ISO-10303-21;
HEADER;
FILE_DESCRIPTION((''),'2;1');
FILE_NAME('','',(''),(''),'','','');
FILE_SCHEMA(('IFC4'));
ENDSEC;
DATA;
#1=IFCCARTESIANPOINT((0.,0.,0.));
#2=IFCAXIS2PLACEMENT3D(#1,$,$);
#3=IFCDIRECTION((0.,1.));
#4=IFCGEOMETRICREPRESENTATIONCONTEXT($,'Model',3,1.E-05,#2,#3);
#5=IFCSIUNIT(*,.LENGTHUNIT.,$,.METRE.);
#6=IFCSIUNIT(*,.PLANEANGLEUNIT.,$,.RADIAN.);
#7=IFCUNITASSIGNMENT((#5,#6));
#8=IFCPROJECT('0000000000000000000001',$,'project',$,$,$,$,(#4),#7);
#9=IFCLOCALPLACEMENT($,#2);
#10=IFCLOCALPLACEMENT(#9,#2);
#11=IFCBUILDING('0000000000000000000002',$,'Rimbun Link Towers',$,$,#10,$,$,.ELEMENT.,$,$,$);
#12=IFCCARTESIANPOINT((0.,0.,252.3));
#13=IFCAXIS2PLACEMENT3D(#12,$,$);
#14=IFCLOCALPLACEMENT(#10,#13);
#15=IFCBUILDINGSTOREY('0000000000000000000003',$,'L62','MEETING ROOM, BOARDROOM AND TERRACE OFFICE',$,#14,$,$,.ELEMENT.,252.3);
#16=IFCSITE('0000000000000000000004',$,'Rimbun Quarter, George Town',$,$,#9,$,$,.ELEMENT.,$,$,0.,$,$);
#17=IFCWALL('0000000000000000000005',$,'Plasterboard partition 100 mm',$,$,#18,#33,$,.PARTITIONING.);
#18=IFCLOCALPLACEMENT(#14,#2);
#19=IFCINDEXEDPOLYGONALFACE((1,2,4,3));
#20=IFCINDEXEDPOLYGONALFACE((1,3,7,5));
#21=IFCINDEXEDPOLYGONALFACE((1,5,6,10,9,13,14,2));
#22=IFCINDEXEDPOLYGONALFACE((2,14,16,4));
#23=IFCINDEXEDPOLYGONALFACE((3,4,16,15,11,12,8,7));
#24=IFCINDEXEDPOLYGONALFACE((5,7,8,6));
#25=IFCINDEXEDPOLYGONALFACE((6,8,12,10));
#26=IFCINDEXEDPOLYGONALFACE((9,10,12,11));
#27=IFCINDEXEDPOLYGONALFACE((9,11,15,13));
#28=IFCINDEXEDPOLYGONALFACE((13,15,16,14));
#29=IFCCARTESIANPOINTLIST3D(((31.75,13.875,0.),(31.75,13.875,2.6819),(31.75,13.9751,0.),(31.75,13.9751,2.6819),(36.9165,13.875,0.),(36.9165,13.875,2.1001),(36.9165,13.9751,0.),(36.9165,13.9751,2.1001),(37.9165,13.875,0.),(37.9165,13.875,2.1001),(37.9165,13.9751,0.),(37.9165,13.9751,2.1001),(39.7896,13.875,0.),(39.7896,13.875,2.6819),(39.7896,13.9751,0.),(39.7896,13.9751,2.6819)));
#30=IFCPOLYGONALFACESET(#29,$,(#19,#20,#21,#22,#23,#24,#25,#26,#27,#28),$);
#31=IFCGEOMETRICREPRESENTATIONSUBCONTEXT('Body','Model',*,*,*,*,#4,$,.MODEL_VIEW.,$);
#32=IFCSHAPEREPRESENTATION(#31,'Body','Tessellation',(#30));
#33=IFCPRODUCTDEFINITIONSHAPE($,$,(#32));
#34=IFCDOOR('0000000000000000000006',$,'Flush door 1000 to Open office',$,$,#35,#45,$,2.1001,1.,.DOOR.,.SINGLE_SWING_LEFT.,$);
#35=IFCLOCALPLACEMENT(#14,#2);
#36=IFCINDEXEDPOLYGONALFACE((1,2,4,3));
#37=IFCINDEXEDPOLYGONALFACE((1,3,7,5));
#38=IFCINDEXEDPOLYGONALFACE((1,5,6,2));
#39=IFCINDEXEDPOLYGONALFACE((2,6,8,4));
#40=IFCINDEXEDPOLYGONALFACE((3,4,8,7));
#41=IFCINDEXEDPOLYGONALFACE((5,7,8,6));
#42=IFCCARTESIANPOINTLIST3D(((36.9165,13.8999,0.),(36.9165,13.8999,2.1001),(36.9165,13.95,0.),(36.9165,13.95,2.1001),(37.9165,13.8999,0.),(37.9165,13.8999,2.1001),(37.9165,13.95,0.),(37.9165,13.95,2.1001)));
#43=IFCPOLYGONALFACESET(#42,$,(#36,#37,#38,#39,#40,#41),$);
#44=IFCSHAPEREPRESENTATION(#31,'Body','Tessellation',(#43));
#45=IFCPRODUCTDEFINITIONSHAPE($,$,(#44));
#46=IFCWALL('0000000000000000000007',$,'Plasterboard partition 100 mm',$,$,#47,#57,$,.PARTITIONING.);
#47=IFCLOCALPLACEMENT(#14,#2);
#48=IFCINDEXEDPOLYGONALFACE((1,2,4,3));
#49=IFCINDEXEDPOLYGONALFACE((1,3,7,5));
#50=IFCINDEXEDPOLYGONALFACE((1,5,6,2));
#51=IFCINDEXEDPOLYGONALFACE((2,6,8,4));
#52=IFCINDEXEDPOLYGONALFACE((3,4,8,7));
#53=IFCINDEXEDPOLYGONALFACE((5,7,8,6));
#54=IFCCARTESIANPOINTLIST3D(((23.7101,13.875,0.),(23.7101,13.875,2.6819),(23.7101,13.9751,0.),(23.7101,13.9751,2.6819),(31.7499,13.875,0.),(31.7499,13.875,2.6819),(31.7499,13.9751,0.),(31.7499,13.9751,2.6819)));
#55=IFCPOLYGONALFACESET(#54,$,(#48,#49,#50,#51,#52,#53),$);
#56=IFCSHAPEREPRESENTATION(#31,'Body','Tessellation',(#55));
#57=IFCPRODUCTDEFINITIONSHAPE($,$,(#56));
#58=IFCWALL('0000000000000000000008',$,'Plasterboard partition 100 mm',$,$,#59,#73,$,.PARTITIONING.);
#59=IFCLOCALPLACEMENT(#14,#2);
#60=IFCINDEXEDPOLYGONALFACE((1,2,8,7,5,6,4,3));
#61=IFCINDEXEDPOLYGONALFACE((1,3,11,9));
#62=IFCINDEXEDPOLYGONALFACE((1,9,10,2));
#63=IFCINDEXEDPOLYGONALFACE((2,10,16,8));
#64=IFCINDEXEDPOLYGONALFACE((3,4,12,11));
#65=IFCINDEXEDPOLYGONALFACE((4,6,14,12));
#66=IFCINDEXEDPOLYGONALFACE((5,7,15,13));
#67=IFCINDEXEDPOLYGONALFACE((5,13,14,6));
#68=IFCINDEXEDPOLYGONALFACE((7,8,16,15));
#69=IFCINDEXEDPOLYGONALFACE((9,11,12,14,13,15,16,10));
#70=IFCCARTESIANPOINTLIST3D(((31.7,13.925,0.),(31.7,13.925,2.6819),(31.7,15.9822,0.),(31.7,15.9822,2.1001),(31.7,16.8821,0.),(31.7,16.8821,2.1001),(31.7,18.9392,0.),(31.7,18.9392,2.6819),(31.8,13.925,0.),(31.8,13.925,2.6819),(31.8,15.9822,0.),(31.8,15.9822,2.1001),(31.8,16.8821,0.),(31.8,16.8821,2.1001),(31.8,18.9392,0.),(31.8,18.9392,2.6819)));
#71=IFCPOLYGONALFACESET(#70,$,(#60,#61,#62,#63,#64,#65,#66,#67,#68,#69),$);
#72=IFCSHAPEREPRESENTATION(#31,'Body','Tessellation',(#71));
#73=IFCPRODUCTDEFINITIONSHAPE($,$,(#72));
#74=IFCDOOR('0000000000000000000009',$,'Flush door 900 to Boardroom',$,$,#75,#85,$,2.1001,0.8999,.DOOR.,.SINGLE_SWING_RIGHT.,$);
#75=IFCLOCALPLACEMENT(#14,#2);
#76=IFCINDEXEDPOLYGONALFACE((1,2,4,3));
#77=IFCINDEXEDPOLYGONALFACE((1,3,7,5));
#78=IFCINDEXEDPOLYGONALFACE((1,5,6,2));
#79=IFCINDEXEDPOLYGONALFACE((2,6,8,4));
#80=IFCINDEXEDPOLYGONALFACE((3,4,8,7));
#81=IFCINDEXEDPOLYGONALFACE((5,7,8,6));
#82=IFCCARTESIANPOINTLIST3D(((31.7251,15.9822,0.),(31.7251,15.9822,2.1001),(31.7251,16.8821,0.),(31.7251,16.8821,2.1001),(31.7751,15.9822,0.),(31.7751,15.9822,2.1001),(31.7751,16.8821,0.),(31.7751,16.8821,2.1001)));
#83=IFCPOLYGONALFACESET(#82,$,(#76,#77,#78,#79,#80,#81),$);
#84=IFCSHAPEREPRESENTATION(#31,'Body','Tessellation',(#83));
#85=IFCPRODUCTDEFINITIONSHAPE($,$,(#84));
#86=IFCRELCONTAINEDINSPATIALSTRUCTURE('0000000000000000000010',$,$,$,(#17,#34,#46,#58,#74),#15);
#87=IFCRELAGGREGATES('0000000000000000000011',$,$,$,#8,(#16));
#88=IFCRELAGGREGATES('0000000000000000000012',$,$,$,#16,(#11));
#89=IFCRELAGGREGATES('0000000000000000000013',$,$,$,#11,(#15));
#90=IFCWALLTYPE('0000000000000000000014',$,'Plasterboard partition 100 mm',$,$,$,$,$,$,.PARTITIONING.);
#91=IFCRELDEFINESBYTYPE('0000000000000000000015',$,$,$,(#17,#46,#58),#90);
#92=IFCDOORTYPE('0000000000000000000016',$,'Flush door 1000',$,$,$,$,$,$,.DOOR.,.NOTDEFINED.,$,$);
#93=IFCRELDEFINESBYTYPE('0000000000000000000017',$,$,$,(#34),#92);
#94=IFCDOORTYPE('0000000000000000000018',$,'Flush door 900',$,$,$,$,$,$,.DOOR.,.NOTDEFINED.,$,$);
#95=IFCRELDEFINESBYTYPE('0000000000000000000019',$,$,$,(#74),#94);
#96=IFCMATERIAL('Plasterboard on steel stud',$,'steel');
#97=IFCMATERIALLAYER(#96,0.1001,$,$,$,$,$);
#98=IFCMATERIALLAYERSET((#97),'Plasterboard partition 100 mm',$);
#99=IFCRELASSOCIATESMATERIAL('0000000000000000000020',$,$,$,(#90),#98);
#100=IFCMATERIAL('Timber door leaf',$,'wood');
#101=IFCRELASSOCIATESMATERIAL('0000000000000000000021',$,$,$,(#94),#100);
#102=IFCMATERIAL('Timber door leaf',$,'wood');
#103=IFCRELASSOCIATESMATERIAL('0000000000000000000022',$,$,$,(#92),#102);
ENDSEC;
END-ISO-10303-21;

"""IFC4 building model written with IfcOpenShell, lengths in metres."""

from ifc_helpers import new_model, si_unit, direction, frame, frame_2d, origin, place, context, subcontext, project, spatial, rectangle, extrude, material, layer, layer_set, type_object, element, fill, save


model = new_model("IFC4")

# Units and contexts
model_context = context("Model", 3, precision=1e-05, world=origin(), true_north=direction((0.0, 1.0)))
body_context = subcontext(model_context, "Body", "Model", "MODEL_VIEW")
ifc_project = project(units=[si_unit("LENGTHUNIT", "METRE"), si_unit("PLANEANGLEUNIT", "RADIAN")], contexts=[model_context])

# Site, building, storey
site_placement = place(None, origin())
site = spatial("IfcSite", under=ifc_project, at=site_placement, Name="Rimbun Quarter, George Town", CompositionType="ELEMENT", RefElevation=0.0)
building_placement = place(site_placement, origin())
building = spatial("IfcBuilding", under=site, at=building_placement, Name="Rimbun Link Towers", CompositionType="ELEMENT")
storey_placement = place(building_placement, frame((0.0, 0.0, 252.3)))
storey = spatial("IfcBuildingStorey", under=building, at=storey_placement, Name="L62", Description="MEETING ROOM, BOARDROOM AND TERRACE OFFICE", CompositionType="ELEMENT", Elevation=252.3)

# Wall, opening, door
ifc_material_1 = material(Name="Plasterboard on steel stud", Category="steel")
ifc_layer_1 = layer(ifc_material_1, 0.1001)
ifc_layer_set_1 = layer_set([ifc_layer_1], Name="Plasterboard partition 100 mm")
wall_type = type_object("IfcWallType", Name="Plasterboard partition 100 mm", PredefinedType="PARTITIONING", material=ifc_layer_set_1)
ifc_material_2 = material(Name="Timber door leaf", Category="wood")
door_type_1 = type_object("IfcDoorType", Name="Flush door 900", OperationType="NOTDEFINED", PredefinedType="DOOR", material=ifc_material_2)
wall_1_placement = place(storey_placement, frame((31.75, 13.925, 0.0), z_axis=(0.0, 0.0, 1.0), x_axis=(1.0, 0.0, 0.0)))
wall_1 = element("IfcWall", 1, at=wall_1_placement, inside=storey, type_object=wall_type, Name="Plasterboard partition 100 mm", PredefinedType="PARTITIONING", context=body_context, shape_type="SweptSolid", body=[
    extrude(rectangle(XDim=8.0396, YDim=0.1001, at=frame_2d((4.0198, 0.0))), origin(), (0.0, 0.0, 1.0), 2.6819),
])
opening_1_placement = place(wall_1_placement, frame((5.1665, 0.0, 0.0)))
opening_1 = element("IfcOpeningElement", 2, at=opening_1_placement, cuts=wall_1, PredefinedType="OPENING", context=body_context, shape_type="SweptSolid", body=[
    extrude(rectangle(XDim=1.0, YDim=2.1001, at=frame_2d((0.5, 1.05))), frame((0.0, 0.0601, 0.0), z_axis=(0.0, -1.0, 0.0), x_axis=(1.0, 0.0, 0.0)), (0.0, 0.0, 1.0), 0.1201),
])
ifc_material_3 = material(Name="Timber door leaf", Category="wood")
door_type_2 = type_object("IfcDoorType", Name="Flush door 1000", OperationType="NOTDEFINED", PredefinedType="DOOR", material=ifc_material_3)
door_1_placement = place(opening_1_placement, origin())
door_1 = element("IfcDoor", 3, at=door_1_placement, inside=storey, type_object=door_type_2, Name="Flush door 1000 to Open office", OperationType="SINGLE_SWING_LEFT", OverallHeight=2.1001, OverallWidth=1.0, PredefinedType="DOOR", context=body_context, shape_type="SweptSolid", body=[
    extrude(rectangle(XDim=1.0, YDim=2.1001, at=frame_2d((0.5, 1.05))), frame((0.0, 0.0249, 0.0), z_axis=(0.0, -1.0, 0.0), x_axis=(1.0, 0.0, 0.0)), (0.0, 0.0, 1.0), 0.05),
])
fill(opening_1, door_1)

# Wall
wall_2_placement = place(storey_placement, frame((31.75, 13.925, 0.0), z_axis=(0.0, 0.0, 1.0), x_axis=(-1.0, 0.0, 0.0)))
element("IfcWall", 4, at=wall_2_placement, inside=storey, type_object=wall_type, Name="Plasterboard partition 100 mm", PredefinedType="PARTITIONING", context=body_context, shape_type="SweptSolid", body=[
    extrude(rectangle(XDim=8.0398, YDim=0.1001, at=frame_2d((4.02, 0.0))), origin(), (0.0, 0.0, 1.0), 2.6819),
])

# Wall, opening, door
wall_3_placement = place(storey_placement, frame((31.75, 13.925, 0.0), z_axis=(0.0, 0.0, 1.0), x_axis=(0.0, 1.0, 0.0)))
wall_3 = element("IfcWall", 5, at=wall_3_placement, inside=storey, type_object=wall_type, Name="Plasterboard partition 100 mm", PredefinedType="PARTITIONING", context=body_context, shape_type="SweptSolid", body=[
    extrude(rectangle(XDim=5.0142, YDim=0.1001, at=frame_2d((2.5071, 0.0))), origin(), (0.0, 0.0, 1.0), 2.6819),
])
opening_2_placement = place(wall_3_placement, frame((2.0571, 0.0, 0.0)))
opening_2 = element("IfcOpeningElement", 6, at=opening_2_placement, cuts=wall_3, PredefinedType="OPENING", context=body_context, shape_type="SweptSolid", body=[
    extrude(rectangle(XDim=0.8999, YDim=2.1001, at=frame_2d((0.45, 1.05))), frame((0.0, 0.0601, 0.0), z_axis=(0.0, -1.0, 0.0), x_axis=(1.0, 0.0, 0.0)), (0.0, 0.0, 1.0), 0.1201),
])
door_2_placement = place(opening_2_placement, origin())
door_2 = element("IfcDoor", 7, at=door_2_placement, inside=storey, type_object=door_type_1, Name="Flush door 900 to Boardroom", OperationType="SINGLE_SWING_RIGHT", OverallHeight=2.1001, OverallWidth=0.8999, PredefinedType="DOOR", context=body_context, shape_type="SweptSolid", body=[
    extrude(rectangle(XDim=0.8999, YDim=2.1001, at=frame_2d((0.45, 1.05))), frame((0.0, 0.0249, 0.0), z_axis=(0.0, -1.0, 0.0), x_axis=(1.0, 0.0, 0.0)), (0.0, 0.0, 1.0), 0.05),
])
fill(opening_2, door_2)

save(model, "model.ifc")
